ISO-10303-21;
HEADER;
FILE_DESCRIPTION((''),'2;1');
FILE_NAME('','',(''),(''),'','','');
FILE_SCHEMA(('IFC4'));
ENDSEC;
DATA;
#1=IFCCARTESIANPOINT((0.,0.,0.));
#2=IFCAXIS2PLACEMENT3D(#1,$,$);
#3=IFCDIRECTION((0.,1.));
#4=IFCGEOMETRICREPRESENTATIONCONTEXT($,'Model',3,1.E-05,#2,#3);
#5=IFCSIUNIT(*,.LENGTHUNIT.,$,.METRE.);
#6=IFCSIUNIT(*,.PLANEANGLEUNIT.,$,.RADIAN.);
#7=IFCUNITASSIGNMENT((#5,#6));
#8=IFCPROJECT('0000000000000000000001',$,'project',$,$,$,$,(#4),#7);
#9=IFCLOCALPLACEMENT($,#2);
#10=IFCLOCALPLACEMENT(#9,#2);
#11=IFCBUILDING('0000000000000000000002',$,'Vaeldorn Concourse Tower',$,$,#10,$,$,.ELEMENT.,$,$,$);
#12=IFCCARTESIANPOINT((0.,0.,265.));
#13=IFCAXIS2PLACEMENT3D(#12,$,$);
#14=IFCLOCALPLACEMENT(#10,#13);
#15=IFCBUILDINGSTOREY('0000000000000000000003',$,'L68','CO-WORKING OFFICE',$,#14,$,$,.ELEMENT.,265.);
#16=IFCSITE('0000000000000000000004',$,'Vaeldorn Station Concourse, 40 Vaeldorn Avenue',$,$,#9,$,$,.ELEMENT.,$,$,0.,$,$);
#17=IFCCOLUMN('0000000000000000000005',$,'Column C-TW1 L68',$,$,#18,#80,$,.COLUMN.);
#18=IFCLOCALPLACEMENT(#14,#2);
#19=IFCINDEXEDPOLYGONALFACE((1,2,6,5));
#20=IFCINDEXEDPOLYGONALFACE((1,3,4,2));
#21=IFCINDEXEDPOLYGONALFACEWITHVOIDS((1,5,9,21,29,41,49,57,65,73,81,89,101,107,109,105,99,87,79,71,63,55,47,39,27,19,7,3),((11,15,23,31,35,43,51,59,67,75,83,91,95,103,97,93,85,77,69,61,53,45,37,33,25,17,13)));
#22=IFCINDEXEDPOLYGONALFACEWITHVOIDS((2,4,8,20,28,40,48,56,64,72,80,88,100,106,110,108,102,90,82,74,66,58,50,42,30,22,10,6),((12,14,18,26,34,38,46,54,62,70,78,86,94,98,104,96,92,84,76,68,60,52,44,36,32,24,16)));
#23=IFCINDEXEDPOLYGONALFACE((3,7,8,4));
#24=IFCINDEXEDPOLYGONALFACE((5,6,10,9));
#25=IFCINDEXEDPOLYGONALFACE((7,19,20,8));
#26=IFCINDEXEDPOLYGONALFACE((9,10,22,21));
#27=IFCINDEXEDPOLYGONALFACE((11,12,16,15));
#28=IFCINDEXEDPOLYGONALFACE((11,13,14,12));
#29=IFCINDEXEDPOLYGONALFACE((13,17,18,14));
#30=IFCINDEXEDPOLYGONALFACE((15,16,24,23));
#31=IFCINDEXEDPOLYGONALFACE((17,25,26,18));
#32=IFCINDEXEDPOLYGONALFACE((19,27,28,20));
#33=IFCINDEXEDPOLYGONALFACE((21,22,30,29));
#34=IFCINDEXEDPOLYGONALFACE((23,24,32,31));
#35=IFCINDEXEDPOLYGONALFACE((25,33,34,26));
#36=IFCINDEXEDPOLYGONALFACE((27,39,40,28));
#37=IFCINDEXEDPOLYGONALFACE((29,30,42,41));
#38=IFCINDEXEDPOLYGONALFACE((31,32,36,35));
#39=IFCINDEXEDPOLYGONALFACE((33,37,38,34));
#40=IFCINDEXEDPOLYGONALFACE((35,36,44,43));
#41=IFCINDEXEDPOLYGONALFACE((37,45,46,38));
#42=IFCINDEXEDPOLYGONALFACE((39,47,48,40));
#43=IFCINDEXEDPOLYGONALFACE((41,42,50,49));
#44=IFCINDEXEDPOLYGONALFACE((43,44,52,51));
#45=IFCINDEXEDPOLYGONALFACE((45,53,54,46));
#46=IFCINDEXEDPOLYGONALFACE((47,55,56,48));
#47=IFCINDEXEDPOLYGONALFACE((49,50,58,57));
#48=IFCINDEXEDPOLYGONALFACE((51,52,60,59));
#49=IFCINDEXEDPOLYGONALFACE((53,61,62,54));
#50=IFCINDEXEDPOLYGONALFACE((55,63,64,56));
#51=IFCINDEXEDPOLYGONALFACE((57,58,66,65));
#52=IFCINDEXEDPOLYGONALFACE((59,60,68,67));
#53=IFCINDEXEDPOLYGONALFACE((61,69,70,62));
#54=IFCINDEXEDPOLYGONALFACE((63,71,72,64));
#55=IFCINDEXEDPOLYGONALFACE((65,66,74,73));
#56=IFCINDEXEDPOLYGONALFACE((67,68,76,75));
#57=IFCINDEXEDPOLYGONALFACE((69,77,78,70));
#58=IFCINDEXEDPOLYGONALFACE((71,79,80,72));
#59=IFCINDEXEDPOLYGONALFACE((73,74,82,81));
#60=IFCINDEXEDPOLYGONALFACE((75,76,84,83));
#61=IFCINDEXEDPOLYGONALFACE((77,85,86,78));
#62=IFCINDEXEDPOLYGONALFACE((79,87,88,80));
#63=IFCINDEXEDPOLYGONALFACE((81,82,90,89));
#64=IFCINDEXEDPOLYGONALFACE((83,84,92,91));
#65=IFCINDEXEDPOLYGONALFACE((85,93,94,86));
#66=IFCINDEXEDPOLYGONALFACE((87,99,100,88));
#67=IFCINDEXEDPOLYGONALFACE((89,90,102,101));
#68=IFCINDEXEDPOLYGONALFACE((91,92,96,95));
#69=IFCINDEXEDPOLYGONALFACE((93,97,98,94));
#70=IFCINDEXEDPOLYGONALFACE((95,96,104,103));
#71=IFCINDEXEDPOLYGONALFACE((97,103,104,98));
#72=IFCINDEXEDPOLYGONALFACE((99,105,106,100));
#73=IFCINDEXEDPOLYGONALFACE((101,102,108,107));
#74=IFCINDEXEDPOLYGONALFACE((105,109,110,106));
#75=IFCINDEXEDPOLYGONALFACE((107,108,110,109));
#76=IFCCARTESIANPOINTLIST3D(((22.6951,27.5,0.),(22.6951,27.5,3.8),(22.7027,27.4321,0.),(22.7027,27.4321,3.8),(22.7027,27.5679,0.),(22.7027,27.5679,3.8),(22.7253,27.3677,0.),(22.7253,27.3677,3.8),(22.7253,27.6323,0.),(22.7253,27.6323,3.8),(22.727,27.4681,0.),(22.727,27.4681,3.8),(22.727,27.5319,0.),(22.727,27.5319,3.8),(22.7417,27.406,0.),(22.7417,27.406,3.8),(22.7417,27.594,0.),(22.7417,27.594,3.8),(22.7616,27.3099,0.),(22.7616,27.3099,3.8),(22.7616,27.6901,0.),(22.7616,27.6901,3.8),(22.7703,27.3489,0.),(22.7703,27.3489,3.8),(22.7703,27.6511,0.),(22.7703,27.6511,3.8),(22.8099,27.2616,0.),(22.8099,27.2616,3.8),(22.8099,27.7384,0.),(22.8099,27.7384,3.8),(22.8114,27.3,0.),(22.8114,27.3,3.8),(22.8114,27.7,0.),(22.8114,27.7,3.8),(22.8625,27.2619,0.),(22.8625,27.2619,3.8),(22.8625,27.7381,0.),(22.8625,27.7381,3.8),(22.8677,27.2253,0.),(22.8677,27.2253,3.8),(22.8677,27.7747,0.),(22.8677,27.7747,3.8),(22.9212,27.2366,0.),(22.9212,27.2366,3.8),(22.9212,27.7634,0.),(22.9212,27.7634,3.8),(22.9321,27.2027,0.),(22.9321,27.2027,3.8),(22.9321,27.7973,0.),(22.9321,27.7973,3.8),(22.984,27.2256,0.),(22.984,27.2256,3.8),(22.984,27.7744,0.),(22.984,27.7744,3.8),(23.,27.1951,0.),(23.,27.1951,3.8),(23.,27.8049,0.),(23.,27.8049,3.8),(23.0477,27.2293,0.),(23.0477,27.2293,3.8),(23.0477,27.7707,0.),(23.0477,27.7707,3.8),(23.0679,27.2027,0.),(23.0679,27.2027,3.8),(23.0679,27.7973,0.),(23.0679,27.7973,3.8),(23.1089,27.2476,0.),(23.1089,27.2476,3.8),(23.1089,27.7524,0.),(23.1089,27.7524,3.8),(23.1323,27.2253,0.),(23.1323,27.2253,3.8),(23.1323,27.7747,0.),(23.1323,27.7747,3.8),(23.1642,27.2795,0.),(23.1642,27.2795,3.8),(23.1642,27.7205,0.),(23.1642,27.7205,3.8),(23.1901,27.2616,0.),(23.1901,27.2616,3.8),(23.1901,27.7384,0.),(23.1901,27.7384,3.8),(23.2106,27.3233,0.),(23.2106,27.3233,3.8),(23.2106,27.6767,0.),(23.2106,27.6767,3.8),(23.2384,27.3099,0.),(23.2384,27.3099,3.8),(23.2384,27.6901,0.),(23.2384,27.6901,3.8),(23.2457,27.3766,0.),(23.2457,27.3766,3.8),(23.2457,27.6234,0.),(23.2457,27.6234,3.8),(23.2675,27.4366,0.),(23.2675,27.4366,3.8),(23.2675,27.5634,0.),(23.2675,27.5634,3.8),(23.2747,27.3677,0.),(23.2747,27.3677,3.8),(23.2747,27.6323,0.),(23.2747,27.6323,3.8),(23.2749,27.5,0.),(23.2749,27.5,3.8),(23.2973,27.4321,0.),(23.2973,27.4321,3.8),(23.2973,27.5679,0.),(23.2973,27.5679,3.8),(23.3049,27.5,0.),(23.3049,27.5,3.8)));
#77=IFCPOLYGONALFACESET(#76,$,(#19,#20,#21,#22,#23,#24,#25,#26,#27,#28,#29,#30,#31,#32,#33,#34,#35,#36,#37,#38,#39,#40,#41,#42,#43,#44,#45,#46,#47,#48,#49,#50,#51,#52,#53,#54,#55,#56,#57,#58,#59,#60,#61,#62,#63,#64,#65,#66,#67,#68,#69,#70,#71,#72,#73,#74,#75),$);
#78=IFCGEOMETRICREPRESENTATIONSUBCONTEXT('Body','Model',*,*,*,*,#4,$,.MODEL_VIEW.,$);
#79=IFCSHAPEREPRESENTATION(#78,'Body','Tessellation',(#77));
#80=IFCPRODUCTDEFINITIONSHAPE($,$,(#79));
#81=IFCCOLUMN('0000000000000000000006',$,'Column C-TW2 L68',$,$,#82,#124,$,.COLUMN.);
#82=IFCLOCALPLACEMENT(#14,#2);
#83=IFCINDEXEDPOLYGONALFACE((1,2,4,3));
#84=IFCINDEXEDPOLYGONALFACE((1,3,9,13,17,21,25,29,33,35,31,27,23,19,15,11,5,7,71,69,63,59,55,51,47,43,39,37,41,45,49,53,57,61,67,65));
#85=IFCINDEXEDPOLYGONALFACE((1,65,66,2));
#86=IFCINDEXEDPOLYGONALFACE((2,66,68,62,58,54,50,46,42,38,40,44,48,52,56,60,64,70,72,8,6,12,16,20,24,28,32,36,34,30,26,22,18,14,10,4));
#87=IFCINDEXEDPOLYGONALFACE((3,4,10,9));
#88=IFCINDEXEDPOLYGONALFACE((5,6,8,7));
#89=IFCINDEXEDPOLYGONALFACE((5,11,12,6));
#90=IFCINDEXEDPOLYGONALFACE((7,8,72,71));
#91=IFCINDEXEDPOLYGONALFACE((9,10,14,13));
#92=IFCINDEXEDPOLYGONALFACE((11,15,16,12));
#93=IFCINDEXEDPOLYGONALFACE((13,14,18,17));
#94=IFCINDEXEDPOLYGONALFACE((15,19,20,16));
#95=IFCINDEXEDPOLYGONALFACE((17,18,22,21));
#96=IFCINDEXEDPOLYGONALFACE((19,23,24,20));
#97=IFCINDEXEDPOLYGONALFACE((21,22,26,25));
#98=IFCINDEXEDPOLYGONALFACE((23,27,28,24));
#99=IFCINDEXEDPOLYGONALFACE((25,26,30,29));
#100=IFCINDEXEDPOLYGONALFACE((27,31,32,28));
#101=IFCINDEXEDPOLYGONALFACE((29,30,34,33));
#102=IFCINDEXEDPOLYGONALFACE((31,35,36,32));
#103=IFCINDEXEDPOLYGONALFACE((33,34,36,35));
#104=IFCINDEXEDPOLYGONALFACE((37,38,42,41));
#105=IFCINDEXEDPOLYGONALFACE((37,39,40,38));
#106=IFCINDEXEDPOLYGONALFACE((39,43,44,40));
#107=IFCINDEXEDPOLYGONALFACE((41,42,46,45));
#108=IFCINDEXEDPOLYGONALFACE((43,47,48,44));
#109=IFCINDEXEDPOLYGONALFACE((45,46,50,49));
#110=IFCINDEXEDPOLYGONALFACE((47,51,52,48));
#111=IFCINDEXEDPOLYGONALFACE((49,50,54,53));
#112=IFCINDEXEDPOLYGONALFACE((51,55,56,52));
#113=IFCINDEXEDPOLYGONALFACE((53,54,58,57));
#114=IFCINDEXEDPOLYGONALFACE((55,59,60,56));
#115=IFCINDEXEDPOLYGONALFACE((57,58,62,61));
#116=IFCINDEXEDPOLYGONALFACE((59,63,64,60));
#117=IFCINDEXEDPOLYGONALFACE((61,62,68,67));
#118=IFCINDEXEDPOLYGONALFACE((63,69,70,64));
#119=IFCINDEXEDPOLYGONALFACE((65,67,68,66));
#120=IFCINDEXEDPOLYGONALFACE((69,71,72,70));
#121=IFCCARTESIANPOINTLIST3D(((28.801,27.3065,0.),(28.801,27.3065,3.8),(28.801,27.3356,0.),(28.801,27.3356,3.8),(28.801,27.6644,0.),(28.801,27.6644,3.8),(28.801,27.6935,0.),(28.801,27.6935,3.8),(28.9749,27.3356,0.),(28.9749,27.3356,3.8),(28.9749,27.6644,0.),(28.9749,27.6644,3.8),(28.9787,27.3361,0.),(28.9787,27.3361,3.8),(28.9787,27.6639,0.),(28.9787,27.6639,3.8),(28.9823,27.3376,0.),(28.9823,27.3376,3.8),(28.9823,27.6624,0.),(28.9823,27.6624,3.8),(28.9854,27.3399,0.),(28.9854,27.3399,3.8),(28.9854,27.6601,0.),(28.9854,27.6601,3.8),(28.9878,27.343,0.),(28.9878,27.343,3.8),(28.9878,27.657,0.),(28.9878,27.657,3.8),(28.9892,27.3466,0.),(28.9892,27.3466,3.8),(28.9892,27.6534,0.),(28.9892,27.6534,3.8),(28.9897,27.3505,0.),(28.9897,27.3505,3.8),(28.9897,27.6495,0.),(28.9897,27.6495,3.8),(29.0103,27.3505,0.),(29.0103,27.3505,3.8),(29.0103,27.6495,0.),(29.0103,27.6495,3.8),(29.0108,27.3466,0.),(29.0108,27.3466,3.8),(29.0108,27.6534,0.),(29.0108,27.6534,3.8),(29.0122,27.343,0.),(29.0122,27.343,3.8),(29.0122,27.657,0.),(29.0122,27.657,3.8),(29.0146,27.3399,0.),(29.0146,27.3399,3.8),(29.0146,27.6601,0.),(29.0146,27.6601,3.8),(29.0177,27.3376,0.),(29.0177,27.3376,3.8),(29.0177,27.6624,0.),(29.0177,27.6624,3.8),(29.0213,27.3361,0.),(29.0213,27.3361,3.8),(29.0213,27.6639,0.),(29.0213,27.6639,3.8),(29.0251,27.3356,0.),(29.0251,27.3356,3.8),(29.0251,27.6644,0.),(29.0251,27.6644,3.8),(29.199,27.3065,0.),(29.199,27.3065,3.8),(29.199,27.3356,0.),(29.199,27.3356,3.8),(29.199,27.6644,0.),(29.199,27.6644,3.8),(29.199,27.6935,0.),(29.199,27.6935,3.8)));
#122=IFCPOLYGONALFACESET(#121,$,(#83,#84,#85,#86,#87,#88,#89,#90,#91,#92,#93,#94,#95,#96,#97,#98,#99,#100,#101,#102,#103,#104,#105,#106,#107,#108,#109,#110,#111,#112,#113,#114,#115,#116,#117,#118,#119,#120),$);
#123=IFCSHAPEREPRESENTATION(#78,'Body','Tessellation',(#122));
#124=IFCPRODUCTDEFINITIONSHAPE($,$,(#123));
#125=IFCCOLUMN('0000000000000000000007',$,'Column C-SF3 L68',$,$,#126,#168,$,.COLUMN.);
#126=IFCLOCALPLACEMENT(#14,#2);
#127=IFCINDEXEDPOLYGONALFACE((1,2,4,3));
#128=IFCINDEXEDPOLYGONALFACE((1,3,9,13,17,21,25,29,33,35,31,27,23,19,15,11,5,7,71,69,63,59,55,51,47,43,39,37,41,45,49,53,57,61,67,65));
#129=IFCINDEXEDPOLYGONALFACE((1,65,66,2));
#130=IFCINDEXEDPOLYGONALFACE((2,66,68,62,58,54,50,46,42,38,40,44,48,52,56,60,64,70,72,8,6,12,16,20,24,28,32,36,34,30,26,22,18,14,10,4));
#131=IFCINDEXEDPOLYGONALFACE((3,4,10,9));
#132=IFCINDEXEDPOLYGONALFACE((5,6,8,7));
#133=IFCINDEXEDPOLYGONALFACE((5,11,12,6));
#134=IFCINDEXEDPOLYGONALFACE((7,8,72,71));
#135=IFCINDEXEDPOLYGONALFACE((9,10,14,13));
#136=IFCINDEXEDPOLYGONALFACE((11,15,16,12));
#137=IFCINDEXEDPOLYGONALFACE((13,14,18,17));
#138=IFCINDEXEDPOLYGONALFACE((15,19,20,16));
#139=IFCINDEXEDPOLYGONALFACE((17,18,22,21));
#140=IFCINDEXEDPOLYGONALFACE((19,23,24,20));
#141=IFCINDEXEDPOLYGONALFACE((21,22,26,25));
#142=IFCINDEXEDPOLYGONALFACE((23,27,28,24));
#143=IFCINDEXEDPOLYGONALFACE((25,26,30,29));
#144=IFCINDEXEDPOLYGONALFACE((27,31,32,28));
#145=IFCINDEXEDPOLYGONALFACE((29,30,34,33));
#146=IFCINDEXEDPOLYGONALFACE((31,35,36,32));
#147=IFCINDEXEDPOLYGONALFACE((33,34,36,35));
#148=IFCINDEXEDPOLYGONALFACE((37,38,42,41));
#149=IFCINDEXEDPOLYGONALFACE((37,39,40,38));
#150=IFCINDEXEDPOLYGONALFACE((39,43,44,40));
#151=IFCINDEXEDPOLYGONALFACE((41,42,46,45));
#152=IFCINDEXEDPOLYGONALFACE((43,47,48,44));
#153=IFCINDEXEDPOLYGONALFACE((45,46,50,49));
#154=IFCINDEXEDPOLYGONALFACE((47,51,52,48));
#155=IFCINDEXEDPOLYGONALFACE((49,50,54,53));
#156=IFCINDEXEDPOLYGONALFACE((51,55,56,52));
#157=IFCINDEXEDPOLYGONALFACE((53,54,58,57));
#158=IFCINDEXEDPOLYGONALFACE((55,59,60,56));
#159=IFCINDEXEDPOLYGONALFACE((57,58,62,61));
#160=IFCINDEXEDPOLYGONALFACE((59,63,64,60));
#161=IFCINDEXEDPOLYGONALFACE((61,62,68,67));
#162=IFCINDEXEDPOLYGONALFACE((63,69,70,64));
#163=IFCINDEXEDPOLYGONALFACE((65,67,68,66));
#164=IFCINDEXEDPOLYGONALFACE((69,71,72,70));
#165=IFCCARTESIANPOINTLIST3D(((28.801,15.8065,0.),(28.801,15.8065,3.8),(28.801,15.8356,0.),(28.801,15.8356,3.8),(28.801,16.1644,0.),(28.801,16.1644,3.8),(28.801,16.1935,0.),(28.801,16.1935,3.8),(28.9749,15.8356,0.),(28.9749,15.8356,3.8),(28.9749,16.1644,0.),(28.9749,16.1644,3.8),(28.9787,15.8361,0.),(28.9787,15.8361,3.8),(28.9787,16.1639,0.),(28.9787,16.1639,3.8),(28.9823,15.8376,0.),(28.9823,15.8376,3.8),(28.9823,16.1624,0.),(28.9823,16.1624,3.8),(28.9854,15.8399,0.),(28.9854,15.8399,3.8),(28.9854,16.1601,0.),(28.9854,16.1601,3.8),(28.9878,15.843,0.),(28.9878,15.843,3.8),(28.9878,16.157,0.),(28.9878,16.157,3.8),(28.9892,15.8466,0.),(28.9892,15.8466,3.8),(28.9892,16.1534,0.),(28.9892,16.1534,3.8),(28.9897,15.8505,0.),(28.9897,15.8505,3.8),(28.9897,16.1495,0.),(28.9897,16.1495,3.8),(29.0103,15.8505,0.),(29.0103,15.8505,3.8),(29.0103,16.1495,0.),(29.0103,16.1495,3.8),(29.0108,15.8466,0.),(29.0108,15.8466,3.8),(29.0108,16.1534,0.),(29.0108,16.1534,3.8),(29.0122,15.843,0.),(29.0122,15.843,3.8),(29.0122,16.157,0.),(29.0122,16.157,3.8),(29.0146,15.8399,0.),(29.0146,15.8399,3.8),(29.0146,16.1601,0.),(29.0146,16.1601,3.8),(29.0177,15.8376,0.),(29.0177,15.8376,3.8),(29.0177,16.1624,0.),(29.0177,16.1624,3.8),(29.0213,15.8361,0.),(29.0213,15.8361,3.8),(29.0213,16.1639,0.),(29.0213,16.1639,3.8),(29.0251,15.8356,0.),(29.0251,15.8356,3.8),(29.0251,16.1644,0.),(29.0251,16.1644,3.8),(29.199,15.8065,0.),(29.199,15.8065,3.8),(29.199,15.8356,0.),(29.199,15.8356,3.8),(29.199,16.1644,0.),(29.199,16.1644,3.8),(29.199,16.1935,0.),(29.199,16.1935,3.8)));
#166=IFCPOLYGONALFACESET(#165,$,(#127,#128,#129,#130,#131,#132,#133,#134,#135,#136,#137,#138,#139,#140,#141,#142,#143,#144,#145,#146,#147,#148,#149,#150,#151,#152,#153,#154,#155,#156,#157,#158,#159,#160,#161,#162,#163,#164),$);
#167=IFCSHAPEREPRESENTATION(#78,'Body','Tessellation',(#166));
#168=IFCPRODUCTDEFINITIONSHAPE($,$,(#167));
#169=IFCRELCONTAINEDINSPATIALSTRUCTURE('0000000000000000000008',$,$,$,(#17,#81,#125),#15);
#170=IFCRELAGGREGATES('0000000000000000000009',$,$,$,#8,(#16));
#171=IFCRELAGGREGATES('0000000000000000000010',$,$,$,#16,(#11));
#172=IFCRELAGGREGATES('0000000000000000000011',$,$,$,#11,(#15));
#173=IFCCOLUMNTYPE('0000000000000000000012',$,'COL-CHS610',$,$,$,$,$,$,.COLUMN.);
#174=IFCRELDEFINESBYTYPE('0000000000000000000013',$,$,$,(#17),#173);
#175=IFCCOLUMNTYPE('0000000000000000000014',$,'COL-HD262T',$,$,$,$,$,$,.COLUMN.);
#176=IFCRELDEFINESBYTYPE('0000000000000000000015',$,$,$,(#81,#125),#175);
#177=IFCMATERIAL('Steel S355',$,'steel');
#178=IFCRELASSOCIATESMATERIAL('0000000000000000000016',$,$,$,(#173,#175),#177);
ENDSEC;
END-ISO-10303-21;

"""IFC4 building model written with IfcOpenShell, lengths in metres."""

from ifc_helpers import new_model, si_unit, direction, frame, origin, origin_2d, place, context, subcontext, project, spatial, hollow_circle, i_section, extrude, source, transform, mapped, material, material_profile, profile_set, type_object, element, save


model = new_model("IFC4")

# Units and contexts
model_context = context("Model", 3, precision=1e-05, world=origin(), true_north=direction((0.0, 1.0)))
body_context = subcontext(model_context, "Body", "Model", "MODEL_VIEW")
ifc_project = project(units=[si_unit("LENGTHUNIT", "METRE"), si_unit("PLANEANGLEUNIT", "RADIAN")], contexts=[model_context])

# Site, building, storey
site_placement = place(None, origin())
site = spatial("IfcSite", under=ifc_project, at=site_placement, Name="Vaeldorn Station Concourse, 40 Vaeldorn Avenue", CompositionType="ELEMENT", RefElevation=0.0)
building_placement = place(site_placement, origin())
building = spatial("IfcBuilding", under=site, at=building_placement, Name="Vaeldorn Concourse Tower", CompositionType="ELEMENT")
storey_placement = place(building_placement, frame((0.0, 0.0, 265.0)))
storey = spatial("IfcBuildingStorey", under=building, at=storey_placement, Name="L68", Description="CO-WORKING OFFICE", CompositionType="ELEMENT", Elevation=265.0)

# Columns
ifc_material_1 = material(Name="Steel S355", Category="steel")
ifc_material_profile_1 = material_profile(ifc_material_1, hollow_circle(Radius=0.3049, WallThickness=0.03, at=origin_2d()), Name="CHS 610x30")
ifc_profile_set_1 = profile_set([ifc_material_profile_1], Name="Steel S355")
column_type_1 = type_object("IfcColumnType", Name="COL-CHS610", PredefinedType="COLUMN", material=ifc_profile_set_1)
shared_shape_1 = source(origin(), body_context, "Body", "SweptSolid", [
    extrude(hollow_circle(Radius=0.3049, WallThickness=0.03, at=origin_2d()), origin(), (0.0, 0.0, 1.0), 3.8),
])
column_placement = place(storey_placement, frame((23.0, 27.5, 0.0), z_axis=(0.0, 0.0, 1.0), x_axis=(1.0, 0.0, 0.0)))
element("IfcColumn", 1, at=column_placement, inside=storey, type_object=column_type_1, Name="Column C-TW1 L68", PredefinedType="COLUMN", context=body_context, shape_type="MappedRepresentation", body=[
    mapped(shared_shape_1, transform((0.0, 0.0, 0.0), scale=1.0)),
])
ifc_material_profile_2 = material_profile(ifc_material_1, i_section(OverallWidth=0.3979, OverallDepth=0.387, WebThickness=0.0205, FlangeThickness=0.0291, FilletRadius=0.0149, at=origin_2d()), Name="HD 400x262")
ifc_profile_set_2 = profile_set([ifc_material_profile_2], Name="Steel S355")
column_type_2 = type_object("IfcColumnType", Name="COL-HD262T", PredefinedType="COLUMN", material=ifc_profile_set_2)
shared_shape_2 = source(origin(), body_context, "Body", "SweptSolid", [
    extrude(i_section(OverallWidth=0.3979, OverallDepth=0.387, WebThickness=0.0205, FlangeThickness=0.0291, FilletRadius=0.0149, at=origin_2d()), origin(), (0.0, 0.0, 1.0), 3.8),
])
for number, where, z_axis, x_axis, name in (
    (2, (29.0, 27.5, 0.0), (0.0, 0.0, 1.0), (1.0, 0.0, 0.0), "Column C-TW2 L68"),
    (3, (29.0, 16.0, 0.0), (0.0, 0.0, 1.0), (1.0, 0.0, 0.0), "Column C-SF3 L68"),
):
    element("IfcColumn", number, at=place(storey_placement, frame(where, z_axis=z_axis, x_axis=x_axis)), inside=storey, type_object=column_type_2, Name=name, PredefinedType="COLUMN", context=body_context, shape_type="MappedRepresentation", body=[
        mapped(shared_shape_2, transform((0.0, 0.0, 0.0), scale=1.0)),
    ])

save(model, "model.ifc")
